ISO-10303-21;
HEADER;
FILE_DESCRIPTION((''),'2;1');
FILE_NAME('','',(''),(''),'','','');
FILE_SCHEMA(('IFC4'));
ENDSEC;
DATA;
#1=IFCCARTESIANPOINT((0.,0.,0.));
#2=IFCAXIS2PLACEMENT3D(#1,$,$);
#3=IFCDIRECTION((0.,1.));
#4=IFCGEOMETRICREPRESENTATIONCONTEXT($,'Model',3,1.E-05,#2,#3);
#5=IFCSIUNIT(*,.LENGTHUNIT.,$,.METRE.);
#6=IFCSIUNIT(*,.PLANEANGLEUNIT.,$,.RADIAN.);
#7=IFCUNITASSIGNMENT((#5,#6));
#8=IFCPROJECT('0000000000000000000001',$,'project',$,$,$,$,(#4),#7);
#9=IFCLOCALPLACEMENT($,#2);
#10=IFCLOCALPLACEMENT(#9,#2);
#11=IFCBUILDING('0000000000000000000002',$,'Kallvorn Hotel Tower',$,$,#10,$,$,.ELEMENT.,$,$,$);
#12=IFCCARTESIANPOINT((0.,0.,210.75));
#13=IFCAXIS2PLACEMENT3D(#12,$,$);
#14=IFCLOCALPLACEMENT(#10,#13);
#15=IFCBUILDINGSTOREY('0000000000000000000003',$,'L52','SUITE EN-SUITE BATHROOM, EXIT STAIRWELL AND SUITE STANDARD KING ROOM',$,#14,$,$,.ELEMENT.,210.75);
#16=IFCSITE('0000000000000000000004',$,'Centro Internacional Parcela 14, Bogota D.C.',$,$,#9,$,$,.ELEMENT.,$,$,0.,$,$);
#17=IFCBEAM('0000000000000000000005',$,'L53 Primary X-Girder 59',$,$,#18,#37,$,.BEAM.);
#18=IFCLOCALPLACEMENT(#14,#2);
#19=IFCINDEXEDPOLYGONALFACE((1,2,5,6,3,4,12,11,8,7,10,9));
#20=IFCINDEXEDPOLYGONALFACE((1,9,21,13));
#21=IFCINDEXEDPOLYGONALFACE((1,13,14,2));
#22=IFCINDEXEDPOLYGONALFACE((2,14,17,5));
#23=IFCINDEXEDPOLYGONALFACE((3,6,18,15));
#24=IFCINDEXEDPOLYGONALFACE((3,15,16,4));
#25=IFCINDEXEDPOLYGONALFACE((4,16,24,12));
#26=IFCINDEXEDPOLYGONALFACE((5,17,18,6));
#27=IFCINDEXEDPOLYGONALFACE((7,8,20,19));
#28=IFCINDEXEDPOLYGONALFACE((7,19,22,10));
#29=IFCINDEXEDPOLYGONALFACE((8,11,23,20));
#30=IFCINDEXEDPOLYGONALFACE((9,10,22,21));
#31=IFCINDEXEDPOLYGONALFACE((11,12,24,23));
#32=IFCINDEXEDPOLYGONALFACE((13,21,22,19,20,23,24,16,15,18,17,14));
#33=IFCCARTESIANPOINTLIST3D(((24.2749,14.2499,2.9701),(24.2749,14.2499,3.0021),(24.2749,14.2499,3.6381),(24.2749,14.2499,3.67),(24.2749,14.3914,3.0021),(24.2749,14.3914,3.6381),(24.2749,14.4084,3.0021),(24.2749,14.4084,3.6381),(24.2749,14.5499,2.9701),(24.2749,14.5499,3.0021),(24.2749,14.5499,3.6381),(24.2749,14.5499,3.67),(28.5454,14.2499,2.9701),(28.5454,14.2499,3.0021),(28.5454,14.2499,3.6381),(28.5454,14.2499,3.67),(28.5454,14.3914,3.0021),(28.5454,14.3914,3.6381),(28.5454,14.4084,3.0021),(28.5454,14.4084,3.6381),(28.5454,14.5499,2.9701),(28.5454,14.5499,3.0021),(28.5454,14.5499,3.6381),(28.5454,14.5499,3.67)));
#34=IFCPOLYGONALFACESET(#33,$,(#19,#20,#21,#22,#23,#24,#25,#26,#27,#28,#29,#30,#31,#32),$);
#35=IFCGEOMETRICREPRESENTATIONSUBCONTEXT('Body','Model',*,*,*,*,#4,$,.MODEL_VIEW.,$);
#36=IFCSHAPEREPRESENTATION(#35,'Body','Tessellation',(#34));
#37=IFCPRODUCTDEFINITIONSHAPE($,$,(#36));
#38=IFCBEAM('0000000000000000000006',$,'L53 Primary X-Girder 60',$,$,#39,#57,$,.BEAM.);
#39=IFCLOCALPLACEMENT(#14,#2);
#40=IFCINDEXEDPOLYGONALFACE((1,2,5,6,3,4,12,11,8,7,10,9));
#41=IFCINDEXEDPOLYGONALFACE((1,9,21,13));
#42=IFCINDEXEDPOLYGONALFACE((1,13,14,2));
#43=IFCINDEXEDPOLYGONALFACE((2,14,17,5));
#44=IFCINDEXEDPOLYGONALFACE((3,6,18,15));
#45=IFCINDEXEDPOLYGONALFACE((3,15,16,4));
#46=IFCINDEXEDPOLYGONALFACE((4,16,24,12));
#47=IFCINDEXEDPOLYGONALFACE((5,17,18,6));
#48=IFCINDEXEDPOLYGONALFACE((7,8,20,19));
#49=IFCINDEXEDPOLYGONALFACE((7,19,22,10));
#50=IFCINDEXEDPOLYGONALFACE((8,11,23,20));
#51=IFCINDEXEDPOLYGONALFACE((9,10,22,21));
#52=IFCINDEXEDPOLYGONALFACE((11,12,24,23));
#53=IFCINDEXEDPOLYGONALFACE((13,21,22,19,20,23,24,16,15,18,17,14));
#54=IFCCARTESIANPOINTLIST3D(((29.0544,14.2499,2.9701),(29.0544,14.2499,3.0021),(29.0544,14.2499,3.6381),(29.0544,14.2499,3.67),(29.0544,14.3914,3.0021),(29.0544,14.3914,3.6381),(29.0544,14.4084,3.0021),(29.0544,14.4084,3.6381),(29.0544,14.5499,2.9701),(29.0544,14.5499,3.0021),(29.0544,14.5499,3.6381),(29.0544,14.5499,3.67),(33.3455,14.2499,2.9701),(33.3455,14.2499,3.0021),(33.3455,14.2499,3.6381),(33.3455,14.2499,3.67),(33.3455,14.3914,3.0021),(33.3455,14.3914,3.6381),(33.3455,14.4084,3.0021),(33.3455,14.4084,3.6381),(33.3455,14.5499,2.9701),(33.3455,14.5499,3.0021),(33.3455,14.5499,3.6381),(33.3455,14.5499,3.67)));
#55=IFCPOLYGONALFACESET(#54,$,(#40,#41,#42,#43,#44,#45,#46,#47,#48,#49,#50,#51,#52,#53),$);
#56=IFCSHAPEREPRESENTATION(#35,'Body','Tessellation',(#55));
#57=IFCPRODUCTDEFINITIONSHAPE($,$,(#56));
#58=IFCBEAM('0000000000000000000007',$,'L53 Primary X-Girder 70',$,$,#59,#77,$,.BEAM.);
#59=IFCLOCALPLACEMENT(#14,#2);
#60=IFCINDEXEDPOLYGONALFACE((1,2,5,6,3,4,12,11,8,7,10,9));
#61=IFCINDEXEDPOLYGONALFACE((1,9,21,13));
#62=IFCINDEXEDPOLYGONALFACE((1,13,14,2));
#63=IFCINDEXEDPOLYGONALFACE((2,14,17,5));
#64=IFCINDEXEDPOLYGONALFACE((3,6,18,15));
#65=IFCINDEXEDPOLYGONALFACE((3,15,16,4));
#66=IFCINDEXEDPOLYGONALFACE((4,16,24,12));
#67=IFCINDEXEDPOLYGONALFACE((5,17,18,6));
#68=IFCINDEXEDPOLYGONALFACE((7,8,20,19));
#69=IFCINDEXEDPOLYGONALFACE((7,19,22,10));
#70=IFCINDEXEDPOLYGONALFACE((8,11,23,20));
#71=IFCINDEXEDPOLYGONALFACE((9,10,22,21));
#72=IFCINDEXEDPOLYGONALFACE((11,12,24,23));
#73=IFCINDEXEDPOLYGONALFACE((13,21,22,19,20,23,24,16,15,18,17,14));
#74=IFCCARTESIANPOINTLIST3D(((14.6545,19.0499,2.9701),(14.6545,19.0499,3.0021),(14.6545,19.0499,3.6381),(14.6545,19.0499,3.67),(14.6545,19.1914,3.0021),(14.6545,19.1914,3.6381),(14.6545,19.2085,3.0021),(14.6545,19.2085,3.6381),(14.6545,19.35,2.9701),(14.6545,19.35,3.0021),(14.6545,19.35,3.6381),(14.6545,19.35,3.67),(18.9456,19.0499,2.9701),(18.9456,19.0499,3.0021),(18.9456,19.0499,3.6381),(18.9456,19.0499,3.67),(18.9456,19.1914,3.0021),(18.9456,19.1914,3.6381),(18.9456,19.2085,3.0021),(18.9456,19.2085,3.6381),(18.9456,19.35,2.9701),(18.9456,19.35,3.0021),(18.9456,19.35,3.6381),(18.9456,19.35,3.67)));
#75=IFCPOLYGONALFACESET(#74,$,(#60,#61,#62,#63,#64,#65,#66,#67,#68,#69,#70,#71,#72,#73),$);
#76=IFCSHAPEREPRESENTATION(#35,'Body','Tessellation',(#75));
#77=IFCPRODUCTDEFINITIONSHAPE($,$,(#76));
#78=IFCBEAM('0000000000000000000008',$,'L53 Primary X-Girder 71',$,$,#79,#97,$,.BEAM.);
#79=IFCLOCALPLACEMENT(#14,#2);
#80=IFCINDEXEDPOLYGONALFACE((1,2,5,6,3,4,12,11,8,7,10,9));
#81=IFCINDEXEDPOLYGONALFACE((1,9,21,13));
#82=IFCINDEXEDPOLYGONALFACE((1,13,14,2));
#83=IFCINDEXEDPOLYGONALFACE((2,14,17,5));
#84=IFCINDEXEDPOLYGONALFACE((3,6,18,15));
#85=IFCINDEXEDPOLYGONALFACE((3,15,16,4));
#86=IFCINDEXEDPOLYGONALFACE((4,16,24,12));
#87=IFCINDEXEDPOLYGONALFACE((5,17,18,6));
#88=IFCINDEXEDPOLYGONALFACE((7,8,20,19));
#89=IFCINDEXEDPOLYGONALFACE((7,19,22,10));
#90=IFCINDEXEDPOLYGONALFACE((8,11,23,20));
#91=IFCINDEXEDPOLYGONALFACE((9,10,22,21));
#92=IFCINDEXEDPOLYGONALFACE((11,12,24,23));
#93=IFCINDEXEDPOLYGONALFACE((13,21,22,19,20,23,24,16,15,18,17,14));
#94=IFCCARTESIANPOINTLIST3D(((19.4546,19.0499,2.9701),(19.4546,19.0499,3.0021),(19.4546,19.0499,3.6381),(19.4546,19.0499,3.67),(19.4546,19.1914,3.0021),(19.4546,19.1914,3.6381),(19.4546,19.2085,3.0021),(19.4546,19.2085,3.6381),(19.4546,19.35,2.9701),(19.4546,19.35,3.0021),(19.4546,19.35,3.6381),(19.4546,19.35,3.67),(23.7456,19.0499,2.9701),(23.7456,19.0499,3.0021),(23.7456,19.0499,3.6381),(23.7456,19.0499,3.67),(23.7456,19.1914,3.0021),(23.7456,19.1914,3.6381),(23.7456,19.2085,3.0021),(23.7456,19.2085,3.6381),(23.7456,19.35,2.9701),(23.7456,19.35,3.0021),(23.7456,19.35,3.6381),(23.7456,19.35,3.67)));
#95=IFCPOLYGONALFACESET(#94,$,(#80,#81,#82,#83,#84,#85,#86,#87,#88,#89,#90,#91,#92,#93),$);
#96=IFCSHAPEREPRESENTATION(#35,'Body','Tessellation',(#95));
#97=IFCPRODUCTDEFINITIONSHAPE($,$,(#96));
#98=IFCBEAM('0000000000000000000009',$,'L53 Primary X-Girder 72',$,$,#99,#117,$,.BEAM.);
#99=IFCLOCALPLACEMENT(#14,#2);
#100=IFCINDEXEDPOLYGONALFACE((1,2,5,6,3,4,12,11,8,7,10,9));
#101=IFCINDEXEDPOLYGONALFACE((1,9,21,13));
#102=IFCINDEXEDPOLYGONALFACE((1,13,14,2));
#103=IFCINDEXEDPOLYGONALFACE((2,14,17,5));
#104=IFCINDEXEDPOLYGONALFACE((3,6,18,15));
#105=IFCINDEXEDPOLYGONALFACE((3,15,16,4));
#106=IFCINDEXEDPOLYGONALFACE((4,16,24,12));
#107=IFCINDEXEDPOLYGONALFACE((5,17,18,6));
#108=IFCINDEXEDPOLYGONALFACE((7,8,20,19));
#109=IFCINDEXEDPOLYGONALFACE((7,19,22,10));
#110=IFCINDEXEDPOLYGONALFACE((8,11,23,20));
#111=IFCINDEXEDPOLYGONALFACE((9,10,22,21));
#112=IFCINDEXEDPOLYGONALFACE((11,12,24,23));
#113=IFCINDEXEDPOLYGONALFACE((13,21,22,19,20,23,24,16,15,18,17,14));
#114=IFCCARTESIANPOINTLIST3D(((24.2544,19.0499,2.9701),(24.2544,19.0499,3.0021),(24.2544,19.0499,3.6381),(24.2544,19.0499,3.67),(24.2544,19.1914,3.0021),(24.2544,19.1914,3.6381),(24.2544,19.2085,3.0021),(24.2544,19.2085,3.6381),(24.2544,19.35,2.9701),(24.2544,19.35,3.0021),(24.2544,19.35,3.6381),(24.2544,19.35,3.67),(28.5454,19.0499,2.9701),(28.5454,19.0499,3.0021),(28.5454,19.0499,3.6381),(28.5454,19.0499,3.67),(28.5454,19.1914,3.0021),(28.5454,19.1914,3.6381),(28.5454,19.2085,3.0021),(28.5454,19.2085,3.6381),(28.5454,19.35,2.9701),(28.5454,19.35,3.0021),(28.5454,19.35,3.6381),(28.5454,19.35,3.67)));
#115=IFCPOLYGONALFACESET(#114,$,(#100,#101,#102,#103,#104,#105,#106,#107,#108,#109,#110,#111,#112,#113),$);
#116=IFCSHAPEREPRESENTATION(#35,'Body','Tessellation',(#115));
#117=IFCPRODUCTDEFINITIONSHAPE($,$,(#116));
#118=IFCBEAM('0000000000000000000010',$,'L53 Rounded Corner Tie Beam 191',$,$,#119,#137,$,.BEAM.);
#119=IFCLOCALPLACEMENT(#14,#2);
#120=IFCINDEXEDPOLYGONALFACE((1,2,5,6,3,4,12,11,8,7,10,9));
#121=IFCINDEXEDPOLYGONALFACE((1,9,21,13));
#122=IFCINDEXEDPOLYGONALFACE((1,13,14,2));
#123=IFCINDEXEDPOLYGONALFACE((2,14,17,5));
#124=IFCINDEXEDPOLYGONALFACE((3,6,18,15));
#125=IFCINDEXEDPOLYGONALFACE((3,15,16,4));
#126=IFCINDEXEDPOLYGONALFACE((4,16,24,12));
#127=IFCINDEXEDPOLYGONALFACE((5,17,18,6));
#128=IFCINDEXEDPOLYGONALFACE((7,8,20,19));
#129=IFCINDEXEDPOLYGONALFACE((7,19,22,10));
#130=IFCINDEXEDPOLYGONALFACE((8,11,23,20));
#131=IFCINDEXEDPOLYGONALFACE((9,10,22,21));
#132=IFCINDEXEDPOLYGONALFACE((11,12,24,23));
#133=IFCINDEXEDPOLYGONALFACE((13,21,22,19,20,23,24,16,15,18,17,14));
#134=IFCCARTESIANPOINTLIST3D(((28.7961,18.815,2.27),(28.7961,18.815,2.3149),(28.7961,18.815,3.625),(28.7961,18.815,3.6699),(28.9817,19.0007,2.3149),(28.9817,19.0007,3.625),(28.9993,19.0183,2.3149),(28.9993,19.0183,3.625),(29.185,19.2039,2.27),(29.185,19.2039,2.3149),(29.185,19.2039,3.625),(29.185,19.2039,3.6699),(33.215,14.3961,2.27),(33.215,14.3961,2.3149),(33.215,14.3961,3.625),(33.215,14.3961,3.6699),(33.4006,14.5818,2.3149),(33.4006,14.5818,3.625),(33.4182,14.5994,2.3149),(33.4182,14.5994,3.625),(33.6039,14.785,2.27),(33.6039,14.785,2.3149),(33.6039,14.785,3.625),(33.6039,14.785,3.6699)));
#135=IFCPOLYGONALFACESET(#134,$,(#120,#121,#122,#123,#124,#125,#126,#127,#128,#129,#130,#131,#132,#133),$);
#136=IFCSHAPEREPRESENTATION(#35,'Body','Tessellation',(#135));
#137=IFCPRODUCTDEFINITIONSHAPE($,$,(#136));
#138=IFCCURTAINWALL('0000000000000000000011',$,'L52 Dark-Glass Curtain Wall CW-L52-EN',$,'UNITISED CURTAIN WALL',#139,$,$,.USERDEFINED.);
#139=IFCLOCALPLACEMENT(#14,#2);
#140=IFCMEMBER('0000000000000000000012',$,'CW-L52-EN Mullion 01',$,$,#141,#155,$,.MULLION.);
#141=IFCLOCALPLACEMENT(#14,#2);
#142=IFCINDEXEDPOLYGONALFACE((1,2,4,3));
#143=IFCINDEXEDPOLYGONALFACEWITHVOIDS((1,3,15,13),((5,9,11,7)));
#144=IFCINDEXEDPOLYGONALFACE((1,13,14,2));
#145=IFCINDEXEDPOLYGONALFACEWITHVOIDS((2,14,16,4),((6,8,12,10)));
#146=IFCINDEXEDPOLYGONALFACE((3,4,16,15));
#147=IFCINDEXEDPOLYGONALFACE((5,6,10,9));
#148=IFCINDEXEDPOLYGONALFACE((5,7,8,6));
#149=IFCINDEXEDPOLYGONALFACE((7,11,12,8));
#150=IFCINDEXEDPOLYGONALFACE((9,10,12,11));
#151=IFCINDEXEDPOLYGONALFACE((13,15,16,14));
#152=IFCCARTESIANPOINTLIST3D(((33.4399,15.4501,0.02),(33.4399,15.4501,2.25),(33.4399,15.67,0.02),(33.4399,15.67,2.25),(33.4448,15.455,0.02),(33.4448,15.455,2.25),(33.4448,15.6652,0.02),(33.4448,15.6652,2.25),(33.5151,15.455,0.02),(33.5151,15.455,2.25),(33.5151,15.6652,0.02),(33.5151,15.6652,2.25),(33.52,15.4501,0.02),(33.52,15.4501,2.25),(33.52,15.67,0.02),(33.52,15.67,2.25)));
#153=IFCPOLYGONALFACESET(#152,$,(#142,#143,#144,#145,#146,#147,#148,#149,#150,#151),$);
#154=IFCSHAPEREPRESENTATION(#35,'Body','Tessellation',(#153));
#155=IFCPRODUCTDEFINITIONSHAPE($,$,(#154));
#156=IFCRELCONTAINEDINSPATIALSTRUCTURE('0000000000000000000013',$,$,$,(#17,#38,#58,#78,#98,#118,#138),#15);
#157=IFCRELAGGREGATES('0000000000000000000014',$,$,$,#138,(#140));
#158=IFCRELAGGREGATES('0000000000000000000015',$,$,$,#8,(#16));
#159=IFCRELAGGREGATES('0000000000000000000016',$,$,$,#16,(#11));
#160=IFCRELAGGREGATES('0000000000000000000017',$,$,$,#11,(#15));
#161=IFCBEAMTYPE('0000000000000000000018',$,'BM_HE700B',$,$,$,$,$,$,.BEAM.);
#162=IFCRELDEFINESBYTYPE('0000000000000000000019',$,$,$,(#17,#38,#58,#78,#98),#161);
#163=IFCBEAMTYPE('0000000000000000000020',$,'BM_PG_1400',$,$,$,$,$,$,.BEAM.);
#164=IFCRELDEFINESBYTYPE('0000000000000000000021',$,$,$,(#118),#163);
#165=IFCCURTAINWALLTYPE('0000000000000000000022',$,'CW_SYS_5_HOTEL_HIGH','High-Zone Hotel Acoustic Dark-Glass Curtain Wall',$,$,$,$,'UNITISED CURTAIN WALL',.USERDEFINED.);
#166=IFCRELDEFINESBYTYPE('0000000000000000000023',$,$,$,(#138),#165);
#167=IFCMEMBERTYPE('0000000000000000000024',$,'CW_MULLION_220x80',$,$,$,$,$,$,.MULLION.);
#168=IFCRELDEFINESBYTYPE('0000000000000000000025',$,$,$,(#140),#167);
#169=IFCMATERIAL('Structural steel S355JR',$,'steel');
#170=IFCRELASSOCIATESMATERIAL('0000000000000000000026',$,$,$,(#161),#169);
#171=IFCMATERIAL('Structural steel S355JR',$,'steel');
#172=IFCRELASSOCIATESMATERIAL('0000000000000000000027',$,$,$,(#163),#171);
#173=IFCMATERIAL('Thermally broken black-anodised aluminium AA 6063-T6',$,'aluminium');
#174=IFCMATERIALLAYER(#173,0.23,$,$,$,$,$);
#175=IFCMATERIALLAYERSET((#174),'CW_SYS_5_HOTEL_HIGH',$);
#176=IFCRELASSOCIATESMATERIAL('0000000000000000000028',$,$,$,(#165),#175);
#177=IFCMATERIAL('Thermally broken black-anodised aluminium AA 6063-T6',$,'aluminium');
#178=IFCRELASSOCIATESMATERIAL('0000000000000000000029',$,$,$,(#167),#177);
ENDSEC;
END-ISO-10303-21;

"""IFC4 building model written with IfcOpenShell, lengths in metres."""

from ifc_helpers import new_model, si_unit, direction, frame, origin, origin_2d, place, context, subcontext, project, spatial, hollow_rectangle, i_section, extrude, material, layer, layer_set, material_profile, profile_set, type_object, element, aggregate, save


model = new_model("IFC4")

# Units and contexts
model_context = context("Model", 3, precision=1e-05, world=origin(), true_north=direction((0.0, 1.0)))
body_context = subcontext(model_context, "Body", "Model", "MODEL_VIEW")
ifc_project = project(units=[si_unit("LENGTHUNIT", "METRE"), si_unit("PLANEANGLEUNIT", "RADIAN")], contexts=[model_context])

# Site, building, storey
site_placement = place(None, origin())
site = spatial("IfcSite", under=ifc_project, at=site_placement, Name="Centro Internacional Parcela 14, Bogota D.C.", CompositionType="ELEMENT", RefElevation=0.0)
building_placement = place(site_placement, origin())
building = spatial("IfcBuilding", under=site, at=building_placement, Name="Kallvorn Hotel Tower", CompositionType="ELEMENT")
storey_placement = place(building_placement, frame((0.0, 0.0, 210.75)))
storey = spatial("IfcBuildingStorey", under=building, at=storey_placement, Name="L52", Description="SUITE EN-SUITE BATHROOM, EXIT STAIRWELL AND SUITE STANDARD KING ROOM", CompositionType="ELEMENT", Elevation=210.75)

# Beams
ifc_material_1 = material(Name="Structural steel S355JR", Category="steel")
ifc_material_profile_1 = material_profile(ifc_material_1, i_section(OverallWidth=0.3, OverallDepth=0.7, WebThickness=0.0171, FlangeThickness=0.032, at=origin_2d()), Name="HE 700 B")
ifc_profile_set_1 = profile_set([ifc_material_profile_1], Name="Structural steel S355JR")
beam_type_1 = type_object("IfcBeamType", Name="BM_HE700B", PredefinedType="BEAM", material=ifc_profile_set_1)
for number, where, z_axis, x_axis, name in (
    (1, (24.2749, 14.3999, 3.3201), (1.0, 0.0, 0.0), (0.0, 1.0, 0.0), "L53 Primary X-Girder 59"),
):
    element("IfcBeam", number, at=place(storey_placement, frame(where, z_axis=z_axis, x_axis=x_axis)), inside=storey, type_object=beam_type_1, Name=name, PredefinedType="BEAM", context=body_context, shape_type="SweptSolid", body=[
        extrude(i_section(OverallWidth=0.3, OverallDepth=0.7, WebThickness=0.0171, FlangeThickness=0.032, at=origin_2d()), origin(), (0.0, 0.0, 1.0), 4.2705),
    ])
for number, where, z_axis, x_axis, name in (
    (2, (29.0544, 14.3999, 3.3201), (1.0, 0.0, 0.0), (0.0, 1.0, 0.0), "L53 Primary X-Girder 60"),
    (3, (14.6545, 19.2, 3.3201), (1.0, 0.0, 0.0), (0.0, 1.0, 0.0), "L53 Primary X-Girder 70"),
    (4, (19.4546, 19.2, 3.3201), (1.0, 0.0, 0.0), (0.0, 1.0, 0.0), "L53 Primary X-Girder 71"),
    (5, (24.2544, 19.2, 3.3201), (1.0, 0.0, 0.0), (0.0, 1.0, 0.0), "L53 Primary X-Girder 72"),
):
    element("IfcBeam", number, at=place(storey_placement, frame(where, z_axis=z_axis, x_axis=x_axis)), inside=storey, type_object=beam_type_1, Name=name, PredefinedType="BEAM", context=body_context, shape_type="SweptSolid", body=[
        extrude(i_section(OverallWidth=0.3, OverallDepth=0.7, WebThickness=0.0171, FlangeThickness=0.032, at=origin_2d()), origin(), (0.0, 0.0, 1.0), 4.291),
    ])
ifc_material_2 = material(Name="Structural steel S355JR", Category="steel")
ifc_material_profile_2 = material_profile(ifc_material_2, i_section(OverallWidth=0.55, OverallDepth=1.3999, WebThickness=0.0249, FlangeThickness=0.0449, at=origin_2d()), Name="PG 1400x550x25x45")
ifc_profile_set_2 = profile_set([ifc_material_profile_2], Name="Structural steel S355JR")
beam_type_2 = type_object("IfcBeamType", Name="BM_PG_1400", PredefinedType="BEAM", material=ifc_profile_set_2)
beam_1_placement = place(storey_placement, frame((33.4094, 14.5906, 2.97), z_axis=(-0.707107, 0.707107, 0.0), x_axis=(-0.707107, -0.707107, 0.0)))
element("IfcBeam", 6, at=beam_1_placement, inside=storey, type_object=beam_type_2, Name="L53 Rounded Corner Tie Beam 191", PredefinedType="BEAM", context=body_context, shape_type="SweptSolid", body=[
    extrude(i_section(OverallWidth=0.55, OverallDepth=1.3999, WebThickness=0.0249, FlangeThickness=0.0449, at=origin_2d()), origin(), (0.0, 0.0, 1.0), 6.2493),
])

# Curtain wall, member
ifc_material_3 = material(Name="Thermally broken black-anodised aluminium AA 6063-T6", Category="aluminium")
ifc_layer_1 = layer(ifc_material_3, 0.23)
ifc_layer_set_1 = layer_set([ifc_layer_1], Name="CW_SYS_5_HOTEL_HIGH")
curtain_wall_type = type_object("IfcCurtainWallType", Name="CW_SYS_5_HOTEL_HIGH", Description="High-Zone Hotel Acoustic Dark-Glass Curtain Wall", ElementType="UNITISED CURTAIN WALL", PredefinedType="USERDEFINED", material=ifc_layer_set_1)
curtain_wall_placement = place(storey_placement, origin())
curtain_wall = element("IfcCurtainWall", 7, at=curtain_wall_placement, inside=storey, type_object=curtain_wall_type, Name="L52 Dark-Glass Curtain Wall CW-L52-EN", ObjectType="UNITISED CURTAIN WALL", PredefinedType="USERDEFINED")
ifc_material_4 = material(Name="Thermally broken black-anodised aluminium AA 6063-T6", Category="aluminium")
ifc_material_profile_3 = material_profile(ifc_material_4, hollow_rectangle(XDim=0.0801, YDim=0.22, WallThickness=0.0049, at=origin_2d()), Name="MUL 220x80")
ifc_profile_set_3 = profile_set([ifc_material_profile_3], Name="Thermally broken black-anodised aluminium AA 6063-T6")
member_type_1 = type_object("IfcMemberType", Name="CW_MULLION_220x80", PredefinedType="MULLION", material=ifc_profile_set_3)
member_placement = place(storey_placement, frame((33.48, 15.5601, 0.02), z_axis=(0.0, 0.0, 1.0), x_axis=(1.0, 0.0, 0.0)))
member = element("IfcMember", 8, at=member_placement, type_object=member_type_1, Name="CW-L52-EN Mullion 01", PredefinedType="MULLION", context=body_context, shape_type="SweptSolid", body=[
    extrude(hollow_rectangle(XDim=0.0801, YDim=0.22, WallThickness=0.0049, at=origin_2d()), origin(), (0.0, 0.0, 1.0), 2.23),
])
aggregate(curtain_wall, [member])

save(model, "model.ifc")
